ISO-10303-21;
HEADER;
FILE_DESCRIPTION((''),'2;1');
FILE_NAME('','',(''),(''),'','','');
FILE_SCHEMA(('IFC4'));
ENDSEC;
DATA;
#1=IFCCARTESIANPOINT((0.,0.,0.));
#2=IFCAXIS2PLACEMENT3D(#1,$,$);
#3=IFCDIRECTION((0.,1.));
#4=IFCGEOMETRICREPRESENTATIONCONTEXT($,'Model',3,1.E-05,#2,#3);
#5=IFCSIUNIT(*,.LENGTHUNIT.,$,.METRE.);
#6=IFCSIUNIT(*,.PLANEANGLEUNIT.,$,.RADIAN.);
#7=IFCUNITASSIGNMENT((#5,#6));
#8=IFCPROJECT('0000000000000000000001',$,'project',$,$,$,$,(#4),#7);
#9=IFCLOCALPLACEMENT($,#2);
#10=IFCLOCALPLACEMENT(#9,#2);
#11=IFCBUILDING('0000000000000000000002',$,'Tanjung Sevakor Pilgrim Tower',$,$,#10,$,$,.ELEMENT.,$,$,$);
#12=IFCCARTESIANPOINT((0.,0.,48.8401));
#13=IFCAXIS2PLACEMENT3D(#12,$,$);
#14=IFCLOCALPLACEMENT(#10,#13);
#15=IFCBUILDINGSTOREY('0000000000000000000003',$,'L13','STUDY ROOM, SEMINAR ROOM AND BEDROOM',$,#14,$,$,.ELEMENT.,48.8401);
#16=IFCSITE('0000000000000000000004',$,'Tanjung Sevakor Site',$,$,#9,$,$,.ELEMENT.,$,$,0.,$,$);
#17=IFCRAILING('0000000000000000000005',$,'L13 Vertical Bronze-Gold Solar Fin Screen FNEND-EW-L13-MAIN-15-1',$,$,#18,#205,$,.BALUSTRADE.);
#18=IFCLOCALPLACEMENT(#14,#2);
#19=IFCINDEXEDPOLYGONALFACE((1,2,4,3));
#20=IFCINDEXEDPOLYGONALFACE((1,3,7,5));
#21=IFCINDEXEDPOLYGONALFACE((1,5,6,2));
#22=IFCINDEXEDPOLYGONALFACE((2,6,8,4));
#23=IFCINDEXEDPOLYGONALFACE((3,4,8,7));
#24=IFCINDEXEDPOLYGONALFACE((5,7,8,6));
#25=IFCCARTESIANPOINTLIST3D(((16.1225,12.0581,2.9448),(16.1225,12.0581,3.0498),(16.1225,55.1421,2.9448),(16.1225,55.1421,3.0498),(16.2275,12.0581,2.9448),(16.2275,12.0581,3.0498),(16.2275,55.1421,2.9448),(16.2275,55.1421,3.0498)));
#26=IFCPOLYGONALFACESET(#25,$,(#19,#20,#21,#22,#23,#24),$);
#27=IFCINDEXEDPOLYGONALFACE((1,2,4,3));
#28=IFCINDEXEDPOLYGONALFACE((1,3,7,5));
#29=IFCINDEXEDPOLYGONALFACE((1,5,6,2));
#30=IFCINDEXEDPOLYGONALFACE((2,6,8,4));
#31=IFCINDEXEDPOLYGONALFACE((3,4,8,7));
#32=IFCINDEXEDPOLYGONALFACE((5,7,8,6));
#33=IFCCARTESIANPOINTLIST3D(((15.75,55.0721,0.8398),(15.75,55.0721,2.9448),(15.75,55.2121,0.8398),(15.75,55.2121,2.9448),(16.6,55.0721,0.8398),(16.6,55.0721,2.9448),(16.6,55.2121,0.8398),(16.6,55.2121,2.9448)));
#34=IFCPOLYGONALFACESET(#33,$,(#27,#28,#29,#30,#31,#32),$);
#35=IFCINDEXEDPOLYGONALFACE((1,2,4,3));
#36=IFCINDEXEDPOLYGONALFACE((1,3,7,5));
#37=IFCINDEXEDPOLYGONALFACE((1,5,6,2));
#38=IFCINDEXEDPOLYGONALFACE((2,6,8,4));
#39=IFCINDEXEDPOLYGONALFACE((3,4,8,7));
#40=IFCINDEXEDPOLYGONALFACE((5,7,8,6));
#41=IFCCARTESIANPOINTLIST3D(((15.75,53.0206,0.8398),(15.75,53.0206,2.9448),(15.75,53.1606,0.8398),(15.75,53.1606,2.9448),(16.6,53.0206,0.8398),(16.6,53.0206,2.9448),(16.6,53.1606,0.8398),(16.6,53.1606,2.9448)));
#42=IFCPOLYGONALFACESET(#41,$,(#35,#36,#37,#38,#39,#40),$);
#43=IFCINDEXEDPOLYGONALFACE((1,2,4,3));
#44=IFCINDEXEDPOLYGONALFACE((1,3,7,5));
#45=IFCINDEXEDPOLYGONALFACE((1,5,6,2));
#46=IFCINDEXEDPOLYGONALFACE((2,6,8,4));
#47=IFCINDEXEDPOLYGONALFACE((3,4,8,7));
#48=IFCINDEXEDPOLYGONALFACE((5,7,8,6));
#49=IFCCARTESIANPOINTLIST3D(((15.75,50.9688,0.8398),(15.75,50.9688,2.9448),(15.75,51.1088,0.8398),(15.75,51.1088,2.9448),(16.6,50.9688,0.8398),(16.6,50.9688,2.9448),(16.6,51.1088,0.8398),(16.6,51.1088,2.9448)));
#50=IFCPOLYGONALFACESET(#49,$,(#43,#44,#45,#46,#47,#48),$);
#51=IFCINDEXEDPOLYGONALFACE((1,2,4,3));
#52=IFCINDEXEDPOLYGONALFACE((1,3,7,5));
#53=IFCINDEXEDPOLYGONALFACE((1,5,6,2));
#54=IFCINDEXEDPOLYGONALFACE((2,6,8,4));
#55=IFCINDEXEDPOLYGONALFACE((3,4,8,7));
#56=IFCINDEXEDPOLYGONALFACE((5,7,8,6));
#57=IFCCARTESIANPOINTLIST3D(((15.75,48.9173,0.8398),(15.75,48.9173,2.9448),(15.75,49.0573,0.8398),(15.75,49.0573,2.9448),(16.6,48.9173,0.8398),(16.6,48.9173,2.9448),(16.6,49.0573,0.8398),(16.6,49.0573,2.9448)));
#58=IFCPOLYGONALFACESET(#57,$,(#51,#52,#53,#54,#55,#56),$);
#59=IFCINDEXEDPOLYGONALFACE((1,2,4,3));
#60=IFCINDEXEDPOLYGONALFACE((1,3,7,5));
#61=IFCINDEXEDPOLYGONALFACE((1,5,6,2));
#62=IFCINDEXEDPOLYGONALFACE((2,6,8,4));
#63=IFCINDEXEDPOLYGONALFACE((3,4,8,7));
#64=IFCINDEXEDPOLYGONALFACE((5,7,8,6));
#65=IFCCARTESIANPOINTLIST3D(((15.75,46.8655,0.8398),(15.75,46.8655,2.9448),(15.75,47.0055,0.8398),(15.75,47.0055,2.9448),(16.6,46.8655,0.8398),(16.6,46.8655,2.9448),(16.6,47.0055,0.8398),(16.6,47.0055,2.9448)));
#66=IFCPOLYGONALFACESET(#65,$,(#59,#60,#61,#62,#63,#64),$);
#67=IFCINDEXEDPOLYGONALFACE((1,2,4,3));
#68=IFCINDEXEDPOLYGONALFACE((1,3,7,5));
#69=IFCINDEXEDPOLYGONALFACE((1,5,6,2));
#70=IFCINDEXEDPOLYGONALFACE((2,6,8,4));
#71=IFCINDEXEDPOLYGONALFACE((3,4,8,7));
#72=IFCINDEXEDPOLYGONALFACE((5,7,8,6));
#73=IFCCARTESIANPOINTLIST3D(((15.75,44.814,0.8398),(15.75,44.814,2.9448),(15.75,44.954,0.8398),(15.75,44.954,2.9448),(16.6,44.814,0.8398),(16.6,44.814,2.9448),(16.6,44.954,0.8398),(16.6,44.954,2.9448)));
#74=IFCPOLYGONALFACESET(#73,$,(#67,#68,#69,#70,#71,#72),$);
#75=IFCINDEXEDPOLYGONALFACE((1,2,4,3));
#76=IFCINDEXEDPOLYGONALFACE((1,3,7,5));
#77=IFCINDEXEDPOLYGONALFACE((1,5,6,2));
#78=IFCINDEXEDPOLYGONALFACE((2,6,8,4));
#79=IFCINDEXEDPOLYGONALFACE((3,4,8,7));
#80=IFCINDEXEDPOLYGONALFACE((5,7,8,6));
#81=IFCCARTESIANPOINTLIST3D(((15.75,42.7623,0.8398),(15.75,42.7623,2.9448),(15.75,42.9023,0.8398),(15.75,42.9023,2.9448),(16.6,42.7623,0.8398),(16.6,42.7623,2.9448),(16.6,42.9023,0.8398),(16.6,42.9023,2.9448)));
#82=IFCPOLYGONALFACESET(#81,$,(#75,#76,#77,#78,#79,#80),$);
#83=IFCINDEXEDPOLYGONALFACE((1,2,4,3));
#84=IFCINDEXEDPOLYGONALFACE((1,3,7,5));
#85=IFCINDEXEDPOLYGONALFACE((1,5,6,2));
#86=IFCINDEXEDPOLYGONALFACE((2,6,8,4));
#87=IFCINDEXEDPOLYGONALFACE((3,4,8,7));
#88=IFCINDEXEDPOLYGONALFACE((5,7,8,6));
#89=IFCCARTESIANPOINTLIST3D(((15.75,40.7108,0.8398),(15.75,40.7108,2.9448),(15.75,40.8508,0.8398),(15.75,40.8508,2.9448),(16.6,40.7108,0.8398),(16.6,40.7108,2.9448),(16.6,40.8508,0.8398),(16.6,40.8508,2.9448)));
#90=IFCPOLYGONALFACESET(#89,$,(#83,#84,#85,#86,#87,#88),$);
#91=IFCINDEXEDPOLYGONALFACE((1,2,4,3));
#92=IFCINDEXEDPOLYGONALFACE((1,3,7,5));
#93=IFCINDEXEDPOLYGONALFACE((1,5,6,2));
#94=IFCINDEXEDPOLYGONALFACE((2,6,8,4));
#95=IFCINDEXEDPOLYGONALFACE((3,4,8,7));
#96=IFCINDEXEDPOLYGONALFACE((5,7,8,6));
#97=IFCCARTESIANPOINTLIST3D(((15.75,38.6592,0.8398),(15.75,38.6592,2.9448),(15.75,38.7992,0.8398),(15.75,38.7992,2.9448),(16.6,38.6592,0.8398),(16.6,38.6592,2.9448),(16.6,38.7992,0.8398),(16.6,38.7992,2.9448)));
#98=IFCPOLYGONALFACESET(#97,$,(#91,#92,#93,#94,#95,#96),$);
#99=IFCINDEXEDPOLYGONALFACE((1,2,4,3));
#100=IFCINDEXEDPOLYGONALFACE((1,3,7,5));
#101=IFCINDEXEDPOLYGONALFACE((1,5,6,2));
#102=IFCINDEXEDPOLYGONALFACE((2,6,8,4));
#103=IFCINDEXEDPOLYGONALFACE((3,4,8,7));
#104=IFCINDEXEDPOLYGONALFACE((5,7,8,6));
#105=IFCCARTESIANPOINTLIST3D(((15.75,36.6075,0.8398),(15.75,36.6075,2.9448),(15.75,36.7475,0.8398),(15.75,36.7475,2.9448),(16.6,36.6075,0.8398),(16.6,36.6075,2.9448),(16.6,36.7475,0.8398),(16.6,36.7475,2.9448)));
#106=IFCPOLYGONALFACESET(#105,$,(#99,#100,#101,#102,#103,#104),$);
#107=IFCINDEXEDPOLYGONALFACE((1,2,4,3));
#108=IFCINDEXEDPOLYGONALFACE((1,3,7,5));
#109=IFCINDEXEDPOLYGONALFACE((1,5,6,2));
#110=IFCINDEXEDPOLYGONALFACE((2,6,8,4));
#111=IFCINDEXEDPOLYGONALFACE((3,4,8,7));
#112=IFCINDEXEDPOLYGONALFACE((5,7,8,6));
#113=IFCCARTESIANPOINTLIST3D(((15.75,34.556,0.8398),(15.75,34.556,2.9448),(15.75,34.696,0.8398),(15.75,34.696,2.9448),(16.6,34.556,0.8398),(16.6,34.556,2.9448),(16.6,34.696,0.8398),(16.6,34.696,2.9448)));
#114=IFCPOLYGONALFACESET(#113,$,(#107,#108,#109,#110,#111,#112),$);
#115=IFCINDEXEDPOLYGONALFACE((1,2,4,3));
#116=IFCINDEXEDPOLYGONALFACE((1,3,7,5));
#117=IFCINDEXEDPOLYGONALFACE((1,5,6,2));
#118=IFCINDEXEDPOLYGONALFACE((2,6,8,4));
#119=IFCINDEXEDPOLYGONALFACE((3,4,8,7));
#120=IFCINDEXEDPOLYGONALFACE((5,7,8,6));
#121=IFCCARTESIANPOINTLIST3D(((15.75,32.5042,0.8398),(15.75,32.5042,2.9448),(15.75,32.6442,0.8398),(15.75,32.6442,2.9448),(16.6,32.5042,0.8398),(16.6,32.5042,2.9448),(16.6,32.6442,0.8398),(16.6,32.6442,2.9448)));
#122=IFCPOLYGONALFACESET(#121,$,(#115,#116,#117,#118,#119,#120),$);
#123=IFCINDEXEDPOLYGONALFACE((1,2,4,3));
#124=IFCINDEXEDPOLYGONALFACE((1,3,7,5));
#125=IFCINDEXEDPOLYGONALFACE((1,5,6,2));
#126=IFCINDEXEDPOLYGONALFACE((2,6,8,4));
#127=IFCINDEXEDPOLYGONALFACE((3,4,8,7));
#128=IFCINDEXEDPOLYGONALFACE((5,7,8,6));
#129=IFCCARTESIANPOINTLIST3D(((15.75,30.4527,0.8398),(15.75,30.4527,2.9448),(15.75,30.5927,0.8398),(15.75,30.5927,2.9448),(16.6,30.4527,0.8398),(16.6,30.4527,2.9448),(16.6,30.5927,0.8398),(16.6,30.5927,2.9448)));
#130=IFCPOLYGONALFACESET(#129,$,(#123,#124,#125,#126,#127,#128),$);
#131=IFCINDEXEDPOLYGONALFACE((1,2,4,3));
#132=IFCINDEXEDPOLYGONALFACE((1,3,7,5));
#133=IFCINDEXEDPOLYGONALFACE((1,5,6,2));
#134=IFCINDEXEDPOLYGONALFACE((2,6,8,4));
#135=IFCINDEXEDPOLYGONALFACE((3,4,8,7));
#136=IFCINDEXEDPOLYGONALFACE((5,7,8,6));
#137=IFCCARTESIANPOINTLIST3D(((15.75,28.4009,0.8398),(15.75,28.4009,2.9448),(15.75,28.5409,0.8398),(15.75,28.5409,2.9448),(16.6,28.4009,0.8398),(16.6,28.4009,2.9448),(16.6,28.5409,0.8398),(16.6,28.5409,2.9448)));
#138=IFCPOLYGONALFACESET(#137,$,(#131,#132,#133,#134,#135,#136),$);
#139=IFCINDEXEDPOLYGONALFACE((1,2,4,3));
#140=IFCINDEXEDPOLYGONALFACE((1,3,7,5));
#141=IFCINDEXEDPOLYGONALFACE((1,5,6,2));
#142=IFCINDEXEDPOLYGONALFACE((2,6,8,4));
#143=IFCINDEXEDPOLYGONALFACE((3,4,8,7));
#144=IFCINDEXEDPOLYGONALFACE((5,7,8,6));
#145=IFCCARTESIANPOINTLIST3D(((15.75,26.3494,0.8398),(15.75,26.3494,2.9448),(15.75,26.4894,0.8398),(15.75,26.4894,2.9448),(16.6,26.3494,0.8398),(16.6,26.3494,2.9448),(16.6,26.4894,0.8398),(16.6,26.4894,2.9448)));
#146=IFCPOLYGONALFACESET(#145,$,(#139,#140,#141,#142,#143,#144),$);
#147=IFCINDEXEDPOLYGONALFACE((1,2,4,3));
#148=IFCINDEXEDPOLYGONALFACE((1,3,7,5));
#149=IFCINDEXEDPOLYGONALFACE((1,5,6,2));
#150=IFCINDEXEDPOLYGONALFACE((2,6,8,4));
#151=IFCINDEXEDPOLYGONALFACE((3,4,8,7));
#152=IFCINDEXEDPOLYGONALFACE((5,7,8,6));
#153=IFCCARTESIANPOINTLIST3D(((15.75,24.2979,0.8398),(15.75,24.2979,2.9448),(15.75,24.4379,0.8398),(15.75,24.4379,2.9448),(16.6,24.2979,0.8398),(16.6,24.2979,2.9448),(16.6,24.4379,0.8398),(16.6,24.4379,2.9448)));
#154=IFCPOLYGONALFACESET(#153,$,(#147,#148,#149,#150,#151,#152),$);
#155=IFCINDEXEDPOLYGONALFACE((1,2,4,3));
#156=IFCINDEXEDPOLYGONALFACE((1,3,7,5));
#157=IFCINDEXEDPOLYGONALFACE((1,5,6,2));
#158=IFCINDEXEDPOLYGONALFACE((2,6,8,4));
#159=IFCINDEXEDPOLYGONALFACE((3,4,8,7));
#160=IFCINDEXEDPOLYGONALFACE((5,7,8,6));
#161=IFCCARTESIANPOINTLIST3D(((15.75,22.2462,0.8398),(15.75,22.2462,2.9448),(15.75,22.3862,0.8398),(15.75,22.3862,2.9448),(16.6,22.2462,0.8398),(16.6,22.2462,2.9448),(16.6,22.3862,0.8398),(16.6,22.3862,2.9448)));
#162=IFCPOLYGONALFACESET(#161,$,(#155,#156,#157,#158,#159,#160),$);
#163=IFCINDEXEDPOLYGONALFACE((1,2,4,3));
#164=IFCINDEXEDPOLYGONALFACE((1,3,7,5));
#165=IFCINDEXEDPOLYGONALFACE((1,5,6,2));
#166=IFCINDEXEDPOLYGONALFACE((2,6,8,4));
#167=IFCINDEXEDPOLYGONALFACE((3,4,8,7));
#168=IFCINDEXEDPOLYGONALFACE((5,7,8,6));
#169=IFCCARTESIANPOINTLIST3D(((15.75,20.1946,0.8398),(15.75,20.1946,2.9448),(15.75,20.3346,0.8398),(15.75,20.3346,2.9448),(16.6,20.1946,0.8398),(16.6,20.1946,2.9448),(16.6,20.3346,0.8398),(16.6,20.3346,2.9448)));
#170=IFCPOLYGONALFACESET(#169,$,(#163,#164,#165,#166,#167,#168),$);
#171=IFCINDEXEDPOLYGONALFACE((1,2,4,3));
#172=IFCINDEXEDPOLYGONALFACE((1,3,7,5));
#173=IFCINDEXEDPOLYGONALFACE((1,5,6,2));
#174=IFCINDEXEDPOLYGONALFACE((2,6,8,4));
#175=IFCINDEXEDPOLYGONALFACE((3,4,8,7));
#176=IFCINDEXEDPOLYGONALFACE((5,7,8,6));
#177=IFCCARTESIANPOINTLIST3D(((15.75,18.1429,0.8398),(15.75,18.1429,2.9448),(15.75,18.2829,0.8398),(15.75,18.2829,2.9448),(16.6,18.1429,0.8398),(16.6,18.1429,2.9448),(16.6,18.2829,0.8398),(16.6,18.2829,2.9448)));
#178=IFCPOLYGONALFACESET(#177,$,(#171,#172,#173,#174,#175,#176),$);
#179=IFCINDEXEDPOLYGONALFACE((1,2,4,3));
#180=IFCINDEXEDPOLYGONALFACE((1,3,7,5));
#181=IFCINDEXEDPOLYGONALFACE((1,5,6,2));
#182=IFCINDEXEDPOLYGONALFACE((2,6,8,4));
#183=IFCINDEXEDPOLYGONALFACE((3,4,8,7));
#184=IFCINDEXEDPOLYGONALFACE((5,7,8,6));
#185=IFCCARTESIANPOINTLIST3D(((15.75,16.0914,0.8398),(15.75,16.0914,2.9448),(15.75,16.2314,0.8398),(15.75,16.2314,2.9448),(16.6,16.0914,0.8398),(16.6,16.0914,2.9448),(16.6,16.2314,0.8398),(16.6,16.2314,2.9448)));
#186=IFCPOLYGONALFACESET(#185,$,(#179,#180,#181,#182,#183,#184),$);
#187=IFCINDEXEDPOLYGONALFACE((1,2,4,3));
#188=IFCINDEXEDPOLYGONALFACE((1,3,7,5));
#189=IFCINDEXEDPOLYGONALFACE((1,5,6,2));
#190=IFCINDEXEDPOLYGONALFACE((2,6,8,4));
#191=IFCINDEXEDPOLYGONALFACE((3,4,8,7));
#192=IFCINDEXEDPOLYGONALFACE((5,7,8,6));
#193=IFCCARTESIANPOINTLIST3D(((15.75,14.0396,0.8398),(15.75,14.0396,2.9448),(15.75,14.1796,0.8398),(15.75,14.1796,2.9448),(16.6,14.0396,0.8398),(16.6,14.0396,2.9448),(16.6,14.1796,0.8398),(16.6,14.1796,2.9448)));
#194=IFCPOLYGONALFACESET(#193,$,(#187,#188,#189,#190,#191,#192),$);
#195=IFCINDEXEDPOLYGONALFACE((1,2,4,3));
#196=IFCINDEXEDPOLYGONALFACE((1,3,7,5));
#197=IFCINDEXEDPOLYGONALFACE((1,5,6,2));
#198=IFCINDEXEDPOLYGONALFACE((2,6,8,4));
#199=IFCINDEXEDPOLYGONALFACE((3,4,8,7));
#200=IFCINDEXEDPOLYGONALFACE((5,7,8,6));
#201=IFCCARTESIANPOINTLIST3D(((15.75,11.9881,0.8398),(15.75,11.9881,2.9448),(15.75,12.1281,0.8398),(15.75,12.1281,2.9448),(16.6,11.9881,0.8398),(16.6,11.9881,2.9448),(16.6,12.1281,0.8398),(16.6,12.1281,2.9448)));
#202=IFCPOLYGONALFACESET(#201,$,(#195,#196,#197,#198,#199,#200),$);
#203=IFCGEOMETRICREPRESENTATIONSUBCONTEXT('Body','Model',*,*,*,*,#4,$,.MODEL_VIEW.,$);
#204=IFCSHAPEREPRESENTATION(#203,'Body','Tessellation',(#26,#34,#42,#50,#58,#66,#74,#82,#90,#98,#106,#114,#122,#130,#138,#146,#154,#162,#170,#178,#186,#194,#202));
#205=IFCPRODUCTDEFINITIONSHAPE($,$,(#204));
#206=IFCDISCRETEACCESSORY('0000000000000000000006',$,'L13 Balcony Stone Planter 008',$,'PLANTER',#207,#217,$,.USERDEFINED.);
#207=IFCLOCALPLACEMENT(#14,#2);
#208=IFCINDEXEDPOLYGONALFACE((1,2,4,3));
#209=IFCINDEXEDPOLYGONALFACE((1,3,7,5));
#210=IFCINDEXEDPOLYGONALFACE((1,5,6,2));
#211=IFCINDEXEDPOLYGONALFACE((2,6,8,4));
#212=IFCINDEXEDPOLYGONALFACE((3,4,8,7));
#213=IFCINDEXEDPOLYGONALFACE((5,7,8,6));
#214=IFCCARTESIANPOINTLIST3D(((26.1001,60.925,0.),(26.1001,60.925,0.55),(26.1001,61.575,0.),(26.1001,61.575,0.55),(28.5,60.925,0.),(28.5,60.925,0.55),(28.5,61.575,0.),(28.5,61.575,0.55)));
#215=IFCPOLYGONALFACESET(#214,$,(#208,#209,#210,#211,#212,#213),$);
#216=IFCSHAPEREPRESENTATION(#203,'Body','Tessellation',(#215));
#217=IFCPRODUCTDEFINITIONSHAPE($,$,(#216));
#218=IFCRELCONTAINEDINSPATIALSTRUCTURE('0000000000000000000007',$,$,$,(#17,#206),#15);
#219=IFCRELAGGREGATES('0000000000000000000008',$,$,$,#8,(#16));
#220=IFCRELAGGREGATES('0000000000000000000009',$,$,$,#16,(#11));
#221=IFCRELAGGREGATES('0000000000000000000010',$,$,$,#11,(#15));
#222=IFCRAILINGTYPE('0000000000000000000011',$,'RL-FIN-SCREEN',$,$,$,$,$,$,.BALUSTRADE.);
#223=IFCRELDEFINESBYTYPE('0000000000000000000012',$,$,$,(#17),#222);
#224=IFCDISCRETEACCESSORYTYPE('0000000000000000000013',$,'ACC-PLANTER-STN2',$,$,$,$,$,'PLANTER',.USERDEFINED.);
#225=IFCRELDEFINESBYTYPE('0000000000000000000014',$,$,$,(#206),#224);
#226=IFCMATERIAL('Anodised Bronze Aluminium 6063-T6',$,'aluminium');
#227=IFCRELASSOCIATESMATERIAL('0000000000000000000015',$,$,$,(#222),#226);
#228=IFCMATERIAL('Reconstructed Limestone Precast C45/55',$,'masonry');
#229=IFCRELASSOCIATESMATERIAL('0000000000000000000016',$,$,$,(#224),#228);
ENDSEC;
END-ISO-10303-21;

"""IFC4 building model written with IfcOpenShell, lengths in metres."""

from ifc_helpers import new_model, si_unit, direction, frame, origin, origin_2d, place, context, subcontext, project, spatial, rectangle, extrude, material, type_object, element, save


model = new_model("IFC4")

# Units and contexts
model_context = context("Model", 3, precision=1e-05, world=origin(), true_north=direction((0.0, 1.0)))
body_context = subcontext(model_context, "Body", "Model", "MODEL_VIEW")
ifc_project = project(units=[si_unit("LENGTHUNIT", "METRE"), si_unit("PLANEANGLEUNIT", "RADIAN")], contexts=[model_context])

# Site, building, storey
site_placement = place(None, origin())
site = spatial("IfcSite", under=ifc_project, at=site_placement, Name="Tanjung Sevakor Site", CompositionType="ELEMENT", RefElevation=0.0)
building_placement = place(site_placement, origin())
building = spatial("IfcBuilding", under=site, at=building_placement, Name="Tanjung Sevakor Pilgrim Tower", CompositionType="ELEMENT")
storey_placement = place(building_placement, frame((0.0, 0.0, 48.8401)))
storey = spatial("IfcBuildingStorey", under=building, at=storey_placement, Name="L13", Description="STUDY ROOM, SEMINAR ROOM AND BEDROOM", CompositionType="ELEMENT", Elevation=48.8401)

# Railing
ifc_material_1 = material(Name="Anodised Bronze Aluminium 6063-T6", Category="aluminium")
railing_type_1 = type_object("IfcRailingType", Name="RL-FIN-SCREEN", PredefinedType="BALUSTRADE", material=ifc_material_1)
railing_1_placement = place(storey_placement, frame((16.175, 55.1421, 0.8398)))
element("IfcRailing", 1, at=railing_1_placement, inside=storey, type_object=railing_type_1, Name="L13 Vertical Bronze-Gold Solar Fin Screen FNEND-EW-L13-MAIN-15-1", PredefinedType="BALUSTRADE", context=body_context, shape_type="SweptSolid", body=[
    extrude(rectangle(XDim=0.105, YDim=0.105), frame((0.0, 0.0, 2.1575), z_axis=(0.0, -1.0, 0.0), x_axis=(1.0, 0.0, 0.0)), (0.0, 0.0, 1.0), 43.084),
    extrude(rectangle(XDim=0.85, YDim=0.14), origin(), (0.0, 0.0, 1.0), 2.105),
    extrude(rectangle(XDim=0.85, YDim=0.14), frame((0.0, -2.0515, 0.0)), (0.0, 0.0, 1.0), 2.105),
    extrude(rectangle(XDim=0.85, YDim=0.14), frame((0.0, -4.1033, 0.0)), (0.0, 0.0, 1.0), 2.105),
    extrude(rectangle(XDim=0.85, YDim=0.14), frame((0.0, -6.1548, 0.0)), (0.0, 0.0, 1.0), 2.105),
    extrude(rectangle(XDim=0.85, YDim=0.14), frame((0.0, -8.2065, 0.0)), (0.0, 0.0, 1.0), 2.105),
    extrude(rectangle(XDim=0.85, YDim=0.14), frame((0.0, -10.2581, 0.0)), (0.0, 0.0, 1.0), 2.105),
    extrude(rectangle(XDim=0.85, YDim=0.14), frame((0.0, -12.3098, 0.0)), (0.0, 0.0, 1.0), 2.105),
    extrude(rectangle(XDim=0.85, YDim=0.14), frame((0.0, -14.3613, 0.0)), (0.0, 0.0, 1.0), 2.105),
    extrude(rectangle(XDim=0.85, YDim=0.14), frame((0.0, -16.4128, 0.0)), (0.0, 0.0, 1.0), 2.105),
    extrude(rectangle(XDim=0.85, YDim=0.14), frame((0.0, -18.4646, 0.0)), (0.0, 0.0, 1.0), 2.105),
    extrude(rectangle(XDim=0.85, YDim=0.14), frame((0.0, -20.5161, 0.0)), (0.0, 0.0, 1.0), 2.105),
    extrude(rectangle(XDim=0.85, YDim=0.14), frame((0.0, -22.5679, 0.0)), (0.0, 0.0, 1.0), 2.105),
    extrude(rectangle(XDim=0.85, YDim=0.14), frame((0.0, -24.6194, 0.0)), (0.0, 0.0, 1.0), 2.105),
    extrude(rectangle(XDim=0.85, YDim=0.14), frame((0.0, -26.6711, 0.0)), (0.0, 0.0, 1.0), 2.105),
    extrude(rectangle(XDim=0.85, YDim=0.14), frame((0.0, -28.7227, 0.0)), (0.0, 0.0, 1.0), 2.105),
    extrude(rectangle(XDim=0.85, YDim=0.14), frame((0.0, -30.7742, 0.0)), (0.0, 0.0, 1.0), 2.105),
    extrude(rectangle(XDim=0.85, YDim=0.14), frame((0.0, -32.8259, 0.0)), (0.0, 0.0, 1.0), 2.105),
    extrude(rectangle(XDim=0.85, YDim=0.14), frame((0.0, -34.8774, 0.0)), (0.0, 0.0, 1.0), 2.105),
    extrude(rectangle(XDim=0.85, YDim=0.14), frame((0.0, -36.9292, 0.0)), (0.0, 0.0, 1.0), 2.105),
    extrude(rectangle(XDim=0.85, YDim=0.14), frame((0.0, -38.9807, 0.0)), (0.0, 0.0, 1.0), 2.105),
    extrude(rectangle(XDim=0.85, YDim=0.14), frame((0.0, -41.0325, 0.0)), (0.0, 0.0, 1.0), 2.105),
    extrude(rectangle(XDim=0.85, YDim=0.14), frame((0.0, -43.084, 0.0)), (0.0, 0.0, 1.0), 2.105),
])

# Discrete accessory
ifc_material_2 = material(Name="Reconstructed Limestone Precast C45/55", Category="masonry")
discrete_accessory_type = type_object("IfcDiscreteAccessoryType", Name="ACC-PLANTER-STN2", ElementType="PLANTER", PredefinedType="USERDEFINED", material=ifc_material_2)
discrete_accessory_placement = place(storey_placement, frame((27.3, 61.25, 0.0), z_axis=(0.0, 0.0, 1.0), x_axis=(1.0, 0.0, 0.0)))
element("IfcDiscreteAccessory", 2, at=discrete_accessory_placement, inside=storey, type_object=discrete_accessory_type, Name="L13 Balcony Stone Planter 008", ObjectType="PLANTER", PredefinedType="USERDEFINED", context=body_context, shape_type="SweptSolid", body=[
    extrude(rectangle(XDim=2.3999, YDim=0.6499, at=origin_2d()), origin(), (0.0, 0.0, 1.0), 0.55),
])

save(model, "model.ifc")
